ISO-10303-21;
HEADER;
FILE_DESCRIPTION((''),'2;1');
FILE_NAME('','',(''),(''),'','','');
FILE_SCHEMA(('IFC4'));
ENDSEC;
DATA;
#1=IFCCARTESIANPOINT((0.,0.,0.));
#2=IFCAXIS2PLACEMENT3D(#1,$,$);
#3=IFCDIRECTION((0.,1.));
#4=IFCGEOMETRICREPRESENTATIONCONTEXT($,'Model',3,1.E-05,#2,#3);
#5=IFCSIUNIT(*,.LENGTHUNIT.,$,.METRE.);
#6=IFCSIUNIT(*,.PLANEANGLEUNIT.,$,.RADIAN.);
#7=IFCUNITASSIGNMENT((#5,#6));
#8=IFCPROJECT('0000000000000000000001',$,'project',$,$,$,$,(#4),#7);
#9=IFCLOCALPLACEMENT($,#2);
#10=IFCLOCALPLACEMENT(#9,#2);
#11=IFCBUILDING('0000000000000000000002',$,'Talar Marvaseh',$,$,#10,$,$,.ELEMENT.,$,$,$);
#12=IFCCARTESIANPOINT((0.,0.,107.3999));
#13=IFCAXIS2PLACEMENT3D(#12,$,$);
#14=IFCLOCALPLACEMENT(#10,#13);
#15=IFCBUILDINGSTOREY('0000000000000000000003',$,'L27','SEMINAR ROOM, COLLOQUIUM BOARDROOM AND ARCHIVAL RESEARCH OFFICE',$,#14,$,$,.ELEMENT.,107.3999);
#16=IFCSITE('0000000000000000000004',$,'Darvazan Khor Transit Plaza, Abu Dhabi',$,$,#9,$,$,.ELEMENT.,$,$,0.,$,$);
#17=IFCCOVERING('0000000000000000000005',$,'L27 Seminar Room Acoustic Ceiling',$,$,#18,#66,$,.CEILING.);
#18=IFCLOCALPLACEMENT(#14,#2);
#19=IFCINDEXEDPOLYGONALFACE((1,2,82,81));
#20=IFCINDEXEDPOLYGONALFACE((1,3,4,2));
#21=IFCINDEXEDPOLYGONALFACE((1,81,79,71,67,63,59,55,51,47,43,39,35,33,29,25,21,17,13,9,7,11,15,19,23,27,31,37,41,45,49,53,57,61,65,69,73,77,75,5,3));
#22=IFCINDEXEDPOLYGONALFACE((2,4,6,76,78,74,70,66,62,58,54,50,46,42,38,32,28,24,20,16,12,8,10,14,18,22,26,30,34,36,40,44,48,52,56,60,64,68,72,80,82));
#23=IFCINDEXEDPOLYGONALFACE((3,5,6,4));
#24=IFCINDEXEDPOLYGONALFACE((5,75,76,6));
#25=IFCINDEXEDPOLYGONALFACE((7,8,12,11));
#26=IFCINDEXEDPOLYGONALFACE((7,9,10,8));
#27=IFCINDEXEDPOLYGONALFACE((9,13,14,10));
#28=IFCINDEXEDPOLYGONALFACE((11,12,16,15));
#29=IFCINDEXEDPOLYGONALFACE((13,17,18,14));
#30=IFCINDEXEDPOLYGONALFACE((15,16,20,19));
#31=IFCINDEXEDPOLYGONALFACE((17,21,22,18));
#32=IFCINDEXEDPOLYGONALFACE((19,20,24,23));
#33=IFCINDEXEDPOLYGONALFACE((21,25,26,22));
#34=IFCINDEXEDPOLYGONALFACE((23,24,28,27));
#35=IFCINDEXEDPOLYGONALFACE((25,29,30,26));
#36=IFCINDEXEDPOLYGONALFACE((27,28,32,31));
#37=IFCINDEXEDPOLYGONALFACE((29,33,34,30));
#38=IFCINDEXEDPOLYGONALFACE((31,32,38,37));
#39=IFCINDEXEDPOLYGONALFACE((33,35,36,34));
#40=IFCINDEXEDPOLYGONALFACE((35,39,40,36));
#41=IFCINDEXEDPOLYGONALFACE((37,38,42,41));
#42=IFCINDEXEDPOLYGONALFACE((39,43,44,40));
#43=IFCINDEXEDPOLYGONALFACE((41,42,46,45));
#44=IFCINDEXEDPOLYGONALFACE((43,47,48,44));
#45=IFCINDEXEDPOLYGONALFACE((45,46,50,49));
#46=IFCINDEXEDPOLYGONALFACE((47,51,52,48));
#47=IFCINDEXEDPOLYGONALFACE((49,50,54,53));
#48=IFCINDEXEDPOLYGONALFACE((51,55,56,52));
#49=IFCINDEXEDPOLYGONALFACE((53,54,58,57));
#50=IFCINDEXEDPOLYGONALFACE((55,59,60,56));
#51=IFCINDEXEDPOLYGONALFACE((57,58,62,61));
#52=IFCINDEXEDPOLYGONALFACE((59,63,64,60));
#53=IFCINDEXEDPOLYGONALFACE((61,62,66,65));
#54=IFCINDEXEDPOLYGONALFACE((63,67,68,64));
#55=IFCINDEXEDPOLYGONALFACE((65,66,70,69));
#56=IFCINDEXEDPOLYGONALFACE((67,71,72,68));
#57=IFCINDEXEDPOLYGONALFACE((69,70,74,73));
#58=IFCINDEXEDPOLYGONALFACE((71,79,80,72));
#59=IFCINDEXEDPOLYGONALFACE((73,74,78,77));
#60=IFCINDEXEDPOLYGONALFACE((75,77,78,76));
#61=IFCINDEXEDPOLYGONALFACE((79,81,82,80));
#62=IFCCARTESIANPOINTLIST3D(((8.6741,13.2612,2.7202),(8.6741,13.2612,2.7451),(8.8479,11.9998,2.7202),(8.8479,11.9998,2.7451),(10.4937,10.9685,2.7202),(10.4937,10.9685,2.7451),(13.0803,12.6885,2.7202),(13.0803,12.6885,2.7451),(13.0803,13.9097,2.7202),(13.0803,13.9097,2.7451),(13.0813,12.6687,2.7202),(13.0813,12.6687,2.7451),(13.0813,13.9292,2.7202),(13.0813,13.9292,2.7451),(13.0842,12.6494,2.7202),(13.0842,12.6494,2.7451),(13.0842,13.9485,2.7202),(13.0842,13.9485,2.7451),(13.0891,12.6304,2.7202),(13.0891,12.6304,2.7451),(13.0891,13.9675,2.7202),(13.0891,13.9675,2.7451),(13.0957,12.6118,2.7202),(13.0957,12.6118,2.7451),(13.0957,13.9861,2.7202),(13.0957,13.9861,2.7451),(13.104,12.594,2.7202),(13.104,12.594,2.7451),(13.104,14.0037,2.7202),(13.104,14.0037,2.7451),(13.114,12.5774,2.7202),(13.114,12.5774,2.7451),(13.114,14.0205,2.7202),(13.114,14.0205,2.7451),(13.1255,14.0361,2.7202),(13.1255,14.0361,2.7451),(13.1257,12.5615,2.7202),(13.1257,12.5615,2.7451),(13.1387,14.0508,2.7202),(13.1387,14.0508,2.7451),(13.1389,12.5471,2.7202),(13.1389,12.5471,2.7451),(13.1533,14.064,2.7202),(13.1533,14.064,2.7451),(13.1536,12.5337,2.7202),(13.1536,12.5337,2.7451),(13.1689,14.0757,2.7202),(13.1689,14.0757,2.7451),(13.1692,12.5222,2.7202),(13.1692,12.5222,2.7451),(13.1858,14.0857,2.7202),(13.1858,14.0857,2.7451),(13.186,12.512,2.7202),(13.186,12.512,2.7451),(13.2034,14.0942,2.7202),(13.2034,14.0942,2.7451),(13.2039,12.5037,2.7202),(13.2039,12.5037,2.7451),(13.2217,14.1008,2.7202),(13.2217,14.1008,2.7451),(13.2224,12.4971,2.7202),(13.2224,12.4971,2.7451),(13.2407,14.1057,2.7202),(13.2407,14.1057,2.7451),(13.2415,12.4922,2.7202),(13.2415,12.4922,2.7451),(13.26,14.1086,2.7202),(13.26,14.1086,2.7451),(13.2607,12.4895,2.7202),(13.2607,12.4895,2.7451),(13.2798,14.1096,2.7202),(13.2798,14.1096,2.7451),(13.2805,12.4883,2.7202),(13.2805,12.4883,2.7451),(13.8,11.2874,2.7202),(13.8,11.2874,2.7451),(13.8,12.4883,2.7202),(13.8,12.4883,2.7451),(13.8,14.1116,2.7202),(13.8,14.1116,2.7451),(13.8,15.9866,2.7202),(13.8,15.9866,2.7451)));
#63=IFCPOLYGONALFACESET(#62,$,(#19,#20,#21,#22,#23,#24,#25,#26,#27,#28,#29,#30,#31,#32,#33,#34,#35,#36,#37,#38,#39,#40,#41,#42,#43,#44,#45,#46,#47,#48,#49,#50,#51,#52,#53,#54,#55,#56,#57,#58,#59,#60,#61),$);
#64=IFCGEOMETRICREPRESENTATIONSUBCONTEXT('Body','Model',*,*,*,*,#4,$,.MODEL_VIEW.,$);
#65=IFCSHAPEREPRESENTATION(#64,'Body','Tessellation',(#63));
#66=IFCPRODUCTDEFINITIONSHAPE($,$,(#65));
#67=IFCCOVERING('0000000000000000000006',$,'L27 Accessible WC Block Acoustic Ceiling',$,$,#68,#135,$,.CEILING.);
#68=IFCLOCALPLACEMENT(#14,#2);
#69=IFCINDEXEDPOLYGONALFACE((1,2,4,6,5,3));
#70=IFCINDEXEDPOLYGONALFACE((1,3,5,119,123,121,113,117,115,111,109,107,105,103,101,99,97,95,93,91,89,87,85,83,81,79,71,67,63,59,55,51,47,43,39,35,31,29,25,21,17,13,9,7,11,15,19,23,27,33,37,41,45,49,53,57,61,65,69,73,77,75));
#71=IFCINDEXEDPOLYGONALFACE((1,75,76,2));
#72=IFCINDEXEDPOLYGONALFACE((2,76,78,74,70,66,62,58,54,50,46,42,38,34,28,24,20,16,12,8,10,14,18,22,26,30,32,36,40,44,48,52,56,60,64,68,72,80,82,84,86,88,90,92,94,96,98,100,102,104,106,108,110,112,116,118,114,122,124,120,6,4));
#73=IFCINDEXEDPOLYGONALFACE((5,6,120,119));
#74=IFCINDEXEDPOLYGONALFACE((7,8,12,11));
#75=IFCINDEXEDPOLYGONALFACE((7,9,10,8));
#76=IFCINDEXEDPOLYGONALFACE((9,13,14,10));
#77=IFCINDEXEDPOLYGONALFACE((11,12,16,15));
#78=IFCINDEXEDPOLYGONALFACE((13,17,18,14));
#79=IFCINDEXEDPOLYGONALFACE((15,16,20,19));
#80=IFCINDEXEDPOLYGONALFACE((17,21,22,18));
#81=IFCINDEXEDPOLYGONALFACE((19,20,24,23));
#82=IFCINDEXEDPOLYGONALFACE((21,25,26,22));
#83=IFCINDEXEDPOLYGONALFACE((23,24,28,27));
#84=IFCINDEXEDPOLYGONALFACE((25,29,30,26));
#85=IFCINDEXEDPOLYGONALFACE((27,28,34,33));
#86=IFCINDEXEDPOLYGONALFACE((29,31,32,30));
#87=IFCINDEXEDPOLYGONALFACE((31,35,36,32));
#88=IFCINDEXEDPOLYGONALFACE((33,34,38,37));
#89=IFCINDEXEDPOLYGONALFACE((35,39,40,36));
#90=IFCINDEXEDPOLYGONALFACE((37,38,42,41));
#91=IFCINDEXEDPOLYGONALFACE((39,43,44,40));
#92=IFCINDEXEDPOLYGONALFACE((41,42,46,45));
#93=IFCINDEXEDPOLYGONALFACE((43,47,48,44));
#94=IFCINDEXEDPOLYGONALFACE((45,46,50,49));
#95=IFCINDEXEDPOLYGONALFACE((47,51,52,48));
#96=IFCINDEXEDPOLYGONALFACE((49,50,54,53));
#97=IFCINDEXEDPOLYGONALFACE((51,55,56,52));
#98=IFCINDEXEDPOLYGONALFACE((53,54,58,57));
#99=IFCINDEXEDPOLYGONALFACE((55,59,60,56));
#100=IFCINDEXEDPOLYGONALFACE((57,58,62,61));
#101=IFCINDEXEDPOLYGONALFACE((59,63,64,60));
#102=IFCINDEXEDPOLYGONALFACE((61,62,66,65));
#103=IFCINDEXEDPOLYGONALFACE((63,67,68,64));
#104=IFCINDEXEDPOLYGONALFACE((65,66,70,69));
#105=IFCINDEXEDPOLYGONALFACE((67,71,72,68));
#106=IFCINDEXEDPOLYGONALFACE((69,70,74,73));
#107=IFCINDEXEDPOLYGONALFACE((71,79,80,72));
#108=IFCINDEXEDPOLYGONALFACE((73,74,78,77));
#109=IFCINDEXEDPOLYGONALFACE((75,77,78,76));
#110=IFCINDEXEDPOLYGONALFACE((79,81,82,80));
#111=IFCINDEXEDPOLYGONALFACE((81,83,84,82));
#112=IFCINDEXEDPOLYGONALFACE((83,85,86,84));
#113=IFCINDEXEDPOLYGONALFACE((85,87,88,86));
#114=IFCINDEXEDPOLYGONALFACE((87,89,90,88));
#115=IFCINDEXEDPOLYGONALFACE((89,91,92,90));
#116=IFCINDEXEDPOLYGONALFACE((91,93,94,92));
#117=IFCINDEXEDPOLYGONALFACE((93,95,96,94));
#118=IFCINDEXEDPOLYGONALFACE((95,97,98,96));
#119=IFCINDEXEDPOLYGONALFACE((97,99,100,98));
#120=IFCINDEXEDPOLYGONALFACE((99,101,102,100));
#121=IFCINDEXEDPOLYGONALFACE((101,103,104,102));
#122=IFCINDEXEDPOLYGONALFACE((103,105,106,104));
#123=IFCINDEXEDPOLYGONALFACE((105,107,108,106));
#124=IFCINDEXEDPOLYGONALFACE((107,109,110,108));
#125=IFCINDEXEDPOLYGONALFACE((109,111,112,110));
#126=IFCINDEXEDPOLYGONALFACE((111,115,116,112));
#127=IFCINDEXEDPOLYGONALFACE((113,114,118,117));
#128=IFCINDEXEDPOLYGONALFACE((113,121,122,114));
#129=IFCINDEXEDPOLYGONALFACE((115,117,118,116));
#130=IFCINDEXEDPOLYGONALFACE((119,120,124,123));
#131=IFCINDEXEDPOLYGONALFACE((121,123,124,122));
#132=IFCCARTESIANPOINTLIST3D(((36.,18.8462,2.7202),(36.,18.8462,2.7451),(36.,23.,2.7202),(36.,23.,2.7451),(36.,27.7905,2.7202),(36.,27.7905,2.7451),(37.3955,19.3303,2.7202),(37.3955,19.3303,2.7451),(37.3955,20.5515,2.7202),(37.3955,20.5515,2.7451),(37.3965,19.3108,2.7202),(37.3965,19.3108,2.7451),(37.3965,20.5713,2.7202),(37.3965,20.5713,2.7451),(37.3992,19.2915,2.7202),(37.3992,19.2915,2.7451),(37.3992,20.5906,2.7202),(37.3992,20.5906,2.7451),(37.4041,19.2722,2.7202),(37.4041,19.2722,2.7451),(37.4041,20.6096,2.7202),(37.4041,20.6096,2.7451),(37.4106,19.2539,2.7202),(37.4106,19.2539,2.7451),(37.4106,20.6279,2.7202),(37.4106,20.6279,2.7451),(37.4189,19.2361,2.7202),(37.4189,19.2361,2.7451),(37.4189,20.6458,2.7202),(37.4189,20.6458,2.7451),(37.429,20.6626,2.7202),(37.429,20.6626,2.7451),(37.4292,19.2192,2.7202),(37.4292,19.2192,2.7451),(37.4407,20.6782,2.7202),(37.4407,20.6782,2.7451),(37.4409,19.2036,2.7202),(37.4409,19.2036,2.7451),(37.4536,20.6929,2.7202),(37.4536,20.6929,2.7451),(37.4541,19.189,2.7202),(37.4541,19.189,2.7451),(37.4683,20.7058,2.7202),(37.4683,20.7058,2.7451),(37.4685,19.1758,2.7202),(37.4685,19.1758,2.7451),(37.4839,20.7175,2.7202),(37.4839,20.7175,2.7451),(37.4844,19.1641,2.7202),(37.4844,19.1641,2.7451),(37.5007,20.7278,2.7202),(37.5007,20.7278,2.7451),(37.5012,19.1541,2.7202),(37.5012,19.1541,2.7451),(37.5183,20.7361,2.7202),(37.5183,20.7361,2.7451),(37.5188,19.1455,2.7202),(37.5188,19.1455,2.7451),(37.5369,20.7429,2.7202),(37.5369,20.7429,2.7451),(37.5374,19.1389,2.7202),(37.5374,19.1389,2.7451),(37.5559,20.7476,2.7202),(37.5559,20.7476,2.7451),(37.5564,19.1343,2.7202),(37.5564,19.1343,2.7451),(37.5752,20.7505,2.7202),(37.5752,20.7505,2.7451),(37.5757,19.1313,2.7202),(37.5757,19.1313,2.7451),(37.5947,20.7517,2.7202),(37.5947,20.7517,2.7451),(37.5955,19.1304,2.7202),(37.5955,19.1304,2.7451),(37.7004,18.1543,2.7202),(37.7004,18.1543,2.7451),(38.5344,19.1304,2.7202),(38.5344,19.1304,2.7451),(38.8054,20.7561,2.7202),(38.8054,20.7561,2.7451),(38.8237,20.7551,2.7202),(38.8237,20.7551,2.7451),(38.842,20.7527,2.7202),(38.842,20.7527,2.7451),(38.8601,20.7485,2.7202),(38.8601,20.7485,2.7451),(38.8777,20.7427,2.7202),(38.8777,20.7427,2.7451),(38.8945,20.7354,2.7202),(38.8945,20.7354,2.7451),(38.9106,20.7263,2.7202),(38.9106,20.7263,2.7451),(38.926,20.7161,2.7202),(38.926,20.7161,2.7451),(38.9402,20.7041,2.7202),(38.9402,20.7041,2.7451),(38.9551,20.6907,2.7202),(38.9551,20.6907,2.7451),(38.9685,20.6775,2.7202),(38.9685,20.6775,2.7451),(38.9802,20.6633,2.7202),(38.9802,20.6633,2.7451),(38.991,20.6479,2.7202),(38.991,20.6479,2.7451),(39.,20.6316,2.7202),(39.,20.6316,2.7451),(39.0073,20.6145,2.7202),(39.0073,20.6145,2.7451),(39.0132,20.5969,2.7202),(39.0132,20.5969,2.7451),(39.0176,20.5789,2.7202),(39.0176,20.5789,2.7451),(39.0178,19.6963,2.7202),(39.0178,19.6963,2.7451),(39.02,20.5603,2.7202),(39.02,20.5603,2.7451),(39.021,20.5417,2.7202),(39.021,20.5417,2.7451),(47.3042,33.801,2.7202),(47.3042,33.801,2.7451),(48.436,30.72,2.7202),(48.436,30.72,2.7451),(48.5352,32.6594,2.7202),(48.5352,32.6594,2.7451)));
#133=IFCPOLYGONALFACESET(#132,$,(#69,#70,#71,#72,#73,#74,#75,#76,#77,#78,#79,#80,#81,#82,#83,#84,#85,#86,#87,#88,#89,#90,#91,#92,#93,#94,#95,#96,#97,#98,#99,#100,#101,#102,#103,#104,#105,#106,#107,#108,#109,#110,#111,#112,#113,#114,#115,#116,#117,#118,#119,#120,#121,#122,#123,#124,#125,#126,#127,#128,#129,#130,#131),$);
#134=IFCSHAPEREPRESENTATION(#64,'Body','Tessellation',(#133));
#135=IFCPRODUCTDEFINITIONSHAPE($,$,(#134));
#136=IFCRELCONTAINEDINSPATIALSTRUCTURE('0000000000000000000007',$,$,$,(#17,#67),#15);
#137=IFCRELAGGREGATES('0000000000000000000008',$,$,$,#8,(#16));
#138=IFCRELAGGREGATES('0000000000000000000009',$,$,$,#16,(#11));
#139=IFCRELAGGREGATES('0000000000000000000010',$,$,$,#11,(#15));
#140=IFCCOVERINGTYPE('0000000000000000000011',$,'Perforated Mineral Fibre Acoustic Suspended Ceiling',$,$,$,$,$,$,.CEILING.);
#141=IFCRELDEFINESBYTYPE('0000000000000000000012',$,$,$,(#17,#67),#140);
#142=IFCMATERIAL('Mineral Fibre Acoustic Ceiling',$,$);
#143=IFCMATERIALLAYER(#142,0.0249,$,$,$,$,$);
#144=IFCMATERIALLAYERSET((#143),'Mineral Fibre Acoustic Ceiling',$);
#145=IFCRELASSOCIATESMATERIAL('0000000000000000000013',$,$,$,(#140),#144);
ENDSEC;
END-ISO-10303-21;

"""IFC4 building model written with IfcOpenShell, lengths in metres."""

from ifc_helpers import new_model, si_unit, direction, frame, origin, place, context, subcontext, project, spatial, polyline, outline, extrude, material, layer, layer_set, type_object, element, save


model = new_model("IFC4")

# Units and contexts
model_context = context("Model", 3, precision=1e-05, world=origin(), true_north=direction((0.0, 1.0)))
body_context = subcontext(model_context, "Body", "Model", "MODEL_VIEW")
ifc_project = project(units=[si_unit("LENGTHUNIT", "METRE"), si_unit("PLANEANGLEUNIT", "RADIAN")], contexts=[model_context])

# Site, building, storey
site_placement = place(None, origin())
site = spatial("IfcSite", under=ifc_project, at=site_placement, Name="Darvazan Khor Transit Plaza, Abu Dhabi", CompositionType="ELEMENT", RefElevation=0.0)
building_placement = place(site_placement, origin())
building = spatial("IfcBuilding", under=site, at=building_placement, Name="Talar Marvaseh", CompositionType="ELEMENT")
storey_placement = place(building_placement, frame((0.0, 0.0, 107.3999)))
storey = spatial("IfcBuildingStorey", under=building, at=storey_placement, Name="L27", Description="SEMINAR ROOM, COLLOQUIUM BOARDROOM AND ARCHIVAL RESEARCH OFFICE", CompositionType="ELEMENT", Elevation=107.3999)

# Coverings
ifc_material_1 = material(Name="Mineral Fibre Acoustic Ceiling")
ifc_layer_1 = layer(ifc_material_1, 0.0249)
ifc_layer_set_1 = layer_set([ifc_layer_1], Name="Mineral Fibre Acoustic Ceiling")
covering_type_1 = type_object("IfcCoveringType", Name="Perforated Mineral Fibre Acoustic Suspended Ceiling", PredefinedType="CEILING", material=ifc_layer_set_1)
covering_1_placement = place(storey_placement, frame((0.0, 0.0, 2.7202)))
element("IfcCovering", 1, at=covering_1_placement, inside=storey, type_object=covering_type_1, Name="L27 Seminar Room Acoustic Ceiling", PredefinedType="CEILING", context=body_context, shape_type="SweptSolid", body=[
    extrude(outline(polyline([(13.8, 14.1116), (13.2798, 14.1096), (13.26, 14.1086), (13.2407, 14.1057), (13.2217, 14.1008), (13.2034, 14.0942), (13.1858, 14.0857), (13.1689, 14.0757), (13.1533, 14.064), (13.1387, 14.0508), (13.1255, 14.0361), (13.114, 14.0205), (13.104, 14.0037), (13.0957, 13.9861), (13.0891, 13.9675), (13.0842, 13.9485), (13.0813, 13.9292), (13.0803, 13.9097), (13.0803, 12.6885), (13.0813, 12.6687), (13.0842, 12.6494), (13.0891, 12.6304), (13.0957, 12.6118), (13.104, 12.594), (13.114, 12.5774), (13.1257, 12.5615), (13.1389, 12.5471), (13.1536, 12.5337), (13.1692, 12.5222), (13.186, 12.512), (13.2039, 12.5037), (13.2224, 12.4971), (13.2415, 12.4922), (13.2607, 12.4895), (13.2805, 12.4883), (13.8, 12.4883), (13.8, 11.2874), (10.4937, 10.9685), (8.8479, 11.9998), (8.6741, 13.2612), (13.8, 15.9866), (13.8, 14.1116)])), origin(), (0.0, 0.0, 1.0), 0.0249),
])
covering_2_placement = place(storey_placement, frame((0.0, 0.0, 2.7202)))
element("IfcCovering", 2, at=covering_2_placement, inside=storey, type_object=covering_type_1, Name="L27 Accessible WC Block Acoustic Ceiling", PredefinedType="CEILING", context=body_context, shape_type="SweptSolid", body=[
    extrude(outline(polyline([(36.0, 18.8462), (36.0, 23.0), (36.0, 27.7905), (47.3042, 33.801), (48.5352, 32.6594), (48.436, 30.72), (39.0178, 19.6963), (39.021, 20.5417), (39.02, 20.5603), (39.0176, 20.5789), (39.0132, 20.5969), (39.0073, 20.6145), (39.0, 20.6316), (38.991, 20.6479), (38.9802, 20.6633), (38.9685, 20.6775), (38.9551, 20.6907), (38.9402, 20.7041), (38.926, 20.7161), (38.9106, 20.7263), (38.8945, 20.7354), (38.8777, 20.7427), (38.8601, 20.7485), (38.842, 20.7527), (38.8237, 20.7551), (38.8054, 20.7561), (37.5947, 20.7517), (37.5752, 20.7505), (37.5559, 20.7476), (37.5369, 20.7429), (37.5183, 20.7361), (37.5007, 20.7278), (37.4839, 20.7175), (37.4683, 20.7058), (37.4536, 20.6929), (37.4407, 20.6782), (37.429, 20.6626), (37.4189, 20.6458), (37.4106, 20.6279), (37.4041, 20.6096), (37.3992, 20.5906), (37.3965, 20.5713), (37.3955, 20.5515), (37.3955, 19.3303), (37.3965, 19.3108), (37.3992, 19.2915), (37.4041, 19.2722), (37.4106, 19.2539), (37.4189, 19.2361), (37.4292, 19.2192), (37.4409, 19.2036), (37.4541, 19.189), (37.4685, 19.1758), (37.4844, 19.1641), (37.5012, 19.1541), (37.5188, 19.1455), (37.5374, 19.1389), (37.5564, 19.1343), (37.5757, 19.1313), (37.5955, 19.1304), (38.5344, 19.1304), (37.7004, 18.1543), (36.0, 18.8462)])), origin(), (0.0, 0.0, 1.0), 0.0249),
])

save(model, "model.ifc")
